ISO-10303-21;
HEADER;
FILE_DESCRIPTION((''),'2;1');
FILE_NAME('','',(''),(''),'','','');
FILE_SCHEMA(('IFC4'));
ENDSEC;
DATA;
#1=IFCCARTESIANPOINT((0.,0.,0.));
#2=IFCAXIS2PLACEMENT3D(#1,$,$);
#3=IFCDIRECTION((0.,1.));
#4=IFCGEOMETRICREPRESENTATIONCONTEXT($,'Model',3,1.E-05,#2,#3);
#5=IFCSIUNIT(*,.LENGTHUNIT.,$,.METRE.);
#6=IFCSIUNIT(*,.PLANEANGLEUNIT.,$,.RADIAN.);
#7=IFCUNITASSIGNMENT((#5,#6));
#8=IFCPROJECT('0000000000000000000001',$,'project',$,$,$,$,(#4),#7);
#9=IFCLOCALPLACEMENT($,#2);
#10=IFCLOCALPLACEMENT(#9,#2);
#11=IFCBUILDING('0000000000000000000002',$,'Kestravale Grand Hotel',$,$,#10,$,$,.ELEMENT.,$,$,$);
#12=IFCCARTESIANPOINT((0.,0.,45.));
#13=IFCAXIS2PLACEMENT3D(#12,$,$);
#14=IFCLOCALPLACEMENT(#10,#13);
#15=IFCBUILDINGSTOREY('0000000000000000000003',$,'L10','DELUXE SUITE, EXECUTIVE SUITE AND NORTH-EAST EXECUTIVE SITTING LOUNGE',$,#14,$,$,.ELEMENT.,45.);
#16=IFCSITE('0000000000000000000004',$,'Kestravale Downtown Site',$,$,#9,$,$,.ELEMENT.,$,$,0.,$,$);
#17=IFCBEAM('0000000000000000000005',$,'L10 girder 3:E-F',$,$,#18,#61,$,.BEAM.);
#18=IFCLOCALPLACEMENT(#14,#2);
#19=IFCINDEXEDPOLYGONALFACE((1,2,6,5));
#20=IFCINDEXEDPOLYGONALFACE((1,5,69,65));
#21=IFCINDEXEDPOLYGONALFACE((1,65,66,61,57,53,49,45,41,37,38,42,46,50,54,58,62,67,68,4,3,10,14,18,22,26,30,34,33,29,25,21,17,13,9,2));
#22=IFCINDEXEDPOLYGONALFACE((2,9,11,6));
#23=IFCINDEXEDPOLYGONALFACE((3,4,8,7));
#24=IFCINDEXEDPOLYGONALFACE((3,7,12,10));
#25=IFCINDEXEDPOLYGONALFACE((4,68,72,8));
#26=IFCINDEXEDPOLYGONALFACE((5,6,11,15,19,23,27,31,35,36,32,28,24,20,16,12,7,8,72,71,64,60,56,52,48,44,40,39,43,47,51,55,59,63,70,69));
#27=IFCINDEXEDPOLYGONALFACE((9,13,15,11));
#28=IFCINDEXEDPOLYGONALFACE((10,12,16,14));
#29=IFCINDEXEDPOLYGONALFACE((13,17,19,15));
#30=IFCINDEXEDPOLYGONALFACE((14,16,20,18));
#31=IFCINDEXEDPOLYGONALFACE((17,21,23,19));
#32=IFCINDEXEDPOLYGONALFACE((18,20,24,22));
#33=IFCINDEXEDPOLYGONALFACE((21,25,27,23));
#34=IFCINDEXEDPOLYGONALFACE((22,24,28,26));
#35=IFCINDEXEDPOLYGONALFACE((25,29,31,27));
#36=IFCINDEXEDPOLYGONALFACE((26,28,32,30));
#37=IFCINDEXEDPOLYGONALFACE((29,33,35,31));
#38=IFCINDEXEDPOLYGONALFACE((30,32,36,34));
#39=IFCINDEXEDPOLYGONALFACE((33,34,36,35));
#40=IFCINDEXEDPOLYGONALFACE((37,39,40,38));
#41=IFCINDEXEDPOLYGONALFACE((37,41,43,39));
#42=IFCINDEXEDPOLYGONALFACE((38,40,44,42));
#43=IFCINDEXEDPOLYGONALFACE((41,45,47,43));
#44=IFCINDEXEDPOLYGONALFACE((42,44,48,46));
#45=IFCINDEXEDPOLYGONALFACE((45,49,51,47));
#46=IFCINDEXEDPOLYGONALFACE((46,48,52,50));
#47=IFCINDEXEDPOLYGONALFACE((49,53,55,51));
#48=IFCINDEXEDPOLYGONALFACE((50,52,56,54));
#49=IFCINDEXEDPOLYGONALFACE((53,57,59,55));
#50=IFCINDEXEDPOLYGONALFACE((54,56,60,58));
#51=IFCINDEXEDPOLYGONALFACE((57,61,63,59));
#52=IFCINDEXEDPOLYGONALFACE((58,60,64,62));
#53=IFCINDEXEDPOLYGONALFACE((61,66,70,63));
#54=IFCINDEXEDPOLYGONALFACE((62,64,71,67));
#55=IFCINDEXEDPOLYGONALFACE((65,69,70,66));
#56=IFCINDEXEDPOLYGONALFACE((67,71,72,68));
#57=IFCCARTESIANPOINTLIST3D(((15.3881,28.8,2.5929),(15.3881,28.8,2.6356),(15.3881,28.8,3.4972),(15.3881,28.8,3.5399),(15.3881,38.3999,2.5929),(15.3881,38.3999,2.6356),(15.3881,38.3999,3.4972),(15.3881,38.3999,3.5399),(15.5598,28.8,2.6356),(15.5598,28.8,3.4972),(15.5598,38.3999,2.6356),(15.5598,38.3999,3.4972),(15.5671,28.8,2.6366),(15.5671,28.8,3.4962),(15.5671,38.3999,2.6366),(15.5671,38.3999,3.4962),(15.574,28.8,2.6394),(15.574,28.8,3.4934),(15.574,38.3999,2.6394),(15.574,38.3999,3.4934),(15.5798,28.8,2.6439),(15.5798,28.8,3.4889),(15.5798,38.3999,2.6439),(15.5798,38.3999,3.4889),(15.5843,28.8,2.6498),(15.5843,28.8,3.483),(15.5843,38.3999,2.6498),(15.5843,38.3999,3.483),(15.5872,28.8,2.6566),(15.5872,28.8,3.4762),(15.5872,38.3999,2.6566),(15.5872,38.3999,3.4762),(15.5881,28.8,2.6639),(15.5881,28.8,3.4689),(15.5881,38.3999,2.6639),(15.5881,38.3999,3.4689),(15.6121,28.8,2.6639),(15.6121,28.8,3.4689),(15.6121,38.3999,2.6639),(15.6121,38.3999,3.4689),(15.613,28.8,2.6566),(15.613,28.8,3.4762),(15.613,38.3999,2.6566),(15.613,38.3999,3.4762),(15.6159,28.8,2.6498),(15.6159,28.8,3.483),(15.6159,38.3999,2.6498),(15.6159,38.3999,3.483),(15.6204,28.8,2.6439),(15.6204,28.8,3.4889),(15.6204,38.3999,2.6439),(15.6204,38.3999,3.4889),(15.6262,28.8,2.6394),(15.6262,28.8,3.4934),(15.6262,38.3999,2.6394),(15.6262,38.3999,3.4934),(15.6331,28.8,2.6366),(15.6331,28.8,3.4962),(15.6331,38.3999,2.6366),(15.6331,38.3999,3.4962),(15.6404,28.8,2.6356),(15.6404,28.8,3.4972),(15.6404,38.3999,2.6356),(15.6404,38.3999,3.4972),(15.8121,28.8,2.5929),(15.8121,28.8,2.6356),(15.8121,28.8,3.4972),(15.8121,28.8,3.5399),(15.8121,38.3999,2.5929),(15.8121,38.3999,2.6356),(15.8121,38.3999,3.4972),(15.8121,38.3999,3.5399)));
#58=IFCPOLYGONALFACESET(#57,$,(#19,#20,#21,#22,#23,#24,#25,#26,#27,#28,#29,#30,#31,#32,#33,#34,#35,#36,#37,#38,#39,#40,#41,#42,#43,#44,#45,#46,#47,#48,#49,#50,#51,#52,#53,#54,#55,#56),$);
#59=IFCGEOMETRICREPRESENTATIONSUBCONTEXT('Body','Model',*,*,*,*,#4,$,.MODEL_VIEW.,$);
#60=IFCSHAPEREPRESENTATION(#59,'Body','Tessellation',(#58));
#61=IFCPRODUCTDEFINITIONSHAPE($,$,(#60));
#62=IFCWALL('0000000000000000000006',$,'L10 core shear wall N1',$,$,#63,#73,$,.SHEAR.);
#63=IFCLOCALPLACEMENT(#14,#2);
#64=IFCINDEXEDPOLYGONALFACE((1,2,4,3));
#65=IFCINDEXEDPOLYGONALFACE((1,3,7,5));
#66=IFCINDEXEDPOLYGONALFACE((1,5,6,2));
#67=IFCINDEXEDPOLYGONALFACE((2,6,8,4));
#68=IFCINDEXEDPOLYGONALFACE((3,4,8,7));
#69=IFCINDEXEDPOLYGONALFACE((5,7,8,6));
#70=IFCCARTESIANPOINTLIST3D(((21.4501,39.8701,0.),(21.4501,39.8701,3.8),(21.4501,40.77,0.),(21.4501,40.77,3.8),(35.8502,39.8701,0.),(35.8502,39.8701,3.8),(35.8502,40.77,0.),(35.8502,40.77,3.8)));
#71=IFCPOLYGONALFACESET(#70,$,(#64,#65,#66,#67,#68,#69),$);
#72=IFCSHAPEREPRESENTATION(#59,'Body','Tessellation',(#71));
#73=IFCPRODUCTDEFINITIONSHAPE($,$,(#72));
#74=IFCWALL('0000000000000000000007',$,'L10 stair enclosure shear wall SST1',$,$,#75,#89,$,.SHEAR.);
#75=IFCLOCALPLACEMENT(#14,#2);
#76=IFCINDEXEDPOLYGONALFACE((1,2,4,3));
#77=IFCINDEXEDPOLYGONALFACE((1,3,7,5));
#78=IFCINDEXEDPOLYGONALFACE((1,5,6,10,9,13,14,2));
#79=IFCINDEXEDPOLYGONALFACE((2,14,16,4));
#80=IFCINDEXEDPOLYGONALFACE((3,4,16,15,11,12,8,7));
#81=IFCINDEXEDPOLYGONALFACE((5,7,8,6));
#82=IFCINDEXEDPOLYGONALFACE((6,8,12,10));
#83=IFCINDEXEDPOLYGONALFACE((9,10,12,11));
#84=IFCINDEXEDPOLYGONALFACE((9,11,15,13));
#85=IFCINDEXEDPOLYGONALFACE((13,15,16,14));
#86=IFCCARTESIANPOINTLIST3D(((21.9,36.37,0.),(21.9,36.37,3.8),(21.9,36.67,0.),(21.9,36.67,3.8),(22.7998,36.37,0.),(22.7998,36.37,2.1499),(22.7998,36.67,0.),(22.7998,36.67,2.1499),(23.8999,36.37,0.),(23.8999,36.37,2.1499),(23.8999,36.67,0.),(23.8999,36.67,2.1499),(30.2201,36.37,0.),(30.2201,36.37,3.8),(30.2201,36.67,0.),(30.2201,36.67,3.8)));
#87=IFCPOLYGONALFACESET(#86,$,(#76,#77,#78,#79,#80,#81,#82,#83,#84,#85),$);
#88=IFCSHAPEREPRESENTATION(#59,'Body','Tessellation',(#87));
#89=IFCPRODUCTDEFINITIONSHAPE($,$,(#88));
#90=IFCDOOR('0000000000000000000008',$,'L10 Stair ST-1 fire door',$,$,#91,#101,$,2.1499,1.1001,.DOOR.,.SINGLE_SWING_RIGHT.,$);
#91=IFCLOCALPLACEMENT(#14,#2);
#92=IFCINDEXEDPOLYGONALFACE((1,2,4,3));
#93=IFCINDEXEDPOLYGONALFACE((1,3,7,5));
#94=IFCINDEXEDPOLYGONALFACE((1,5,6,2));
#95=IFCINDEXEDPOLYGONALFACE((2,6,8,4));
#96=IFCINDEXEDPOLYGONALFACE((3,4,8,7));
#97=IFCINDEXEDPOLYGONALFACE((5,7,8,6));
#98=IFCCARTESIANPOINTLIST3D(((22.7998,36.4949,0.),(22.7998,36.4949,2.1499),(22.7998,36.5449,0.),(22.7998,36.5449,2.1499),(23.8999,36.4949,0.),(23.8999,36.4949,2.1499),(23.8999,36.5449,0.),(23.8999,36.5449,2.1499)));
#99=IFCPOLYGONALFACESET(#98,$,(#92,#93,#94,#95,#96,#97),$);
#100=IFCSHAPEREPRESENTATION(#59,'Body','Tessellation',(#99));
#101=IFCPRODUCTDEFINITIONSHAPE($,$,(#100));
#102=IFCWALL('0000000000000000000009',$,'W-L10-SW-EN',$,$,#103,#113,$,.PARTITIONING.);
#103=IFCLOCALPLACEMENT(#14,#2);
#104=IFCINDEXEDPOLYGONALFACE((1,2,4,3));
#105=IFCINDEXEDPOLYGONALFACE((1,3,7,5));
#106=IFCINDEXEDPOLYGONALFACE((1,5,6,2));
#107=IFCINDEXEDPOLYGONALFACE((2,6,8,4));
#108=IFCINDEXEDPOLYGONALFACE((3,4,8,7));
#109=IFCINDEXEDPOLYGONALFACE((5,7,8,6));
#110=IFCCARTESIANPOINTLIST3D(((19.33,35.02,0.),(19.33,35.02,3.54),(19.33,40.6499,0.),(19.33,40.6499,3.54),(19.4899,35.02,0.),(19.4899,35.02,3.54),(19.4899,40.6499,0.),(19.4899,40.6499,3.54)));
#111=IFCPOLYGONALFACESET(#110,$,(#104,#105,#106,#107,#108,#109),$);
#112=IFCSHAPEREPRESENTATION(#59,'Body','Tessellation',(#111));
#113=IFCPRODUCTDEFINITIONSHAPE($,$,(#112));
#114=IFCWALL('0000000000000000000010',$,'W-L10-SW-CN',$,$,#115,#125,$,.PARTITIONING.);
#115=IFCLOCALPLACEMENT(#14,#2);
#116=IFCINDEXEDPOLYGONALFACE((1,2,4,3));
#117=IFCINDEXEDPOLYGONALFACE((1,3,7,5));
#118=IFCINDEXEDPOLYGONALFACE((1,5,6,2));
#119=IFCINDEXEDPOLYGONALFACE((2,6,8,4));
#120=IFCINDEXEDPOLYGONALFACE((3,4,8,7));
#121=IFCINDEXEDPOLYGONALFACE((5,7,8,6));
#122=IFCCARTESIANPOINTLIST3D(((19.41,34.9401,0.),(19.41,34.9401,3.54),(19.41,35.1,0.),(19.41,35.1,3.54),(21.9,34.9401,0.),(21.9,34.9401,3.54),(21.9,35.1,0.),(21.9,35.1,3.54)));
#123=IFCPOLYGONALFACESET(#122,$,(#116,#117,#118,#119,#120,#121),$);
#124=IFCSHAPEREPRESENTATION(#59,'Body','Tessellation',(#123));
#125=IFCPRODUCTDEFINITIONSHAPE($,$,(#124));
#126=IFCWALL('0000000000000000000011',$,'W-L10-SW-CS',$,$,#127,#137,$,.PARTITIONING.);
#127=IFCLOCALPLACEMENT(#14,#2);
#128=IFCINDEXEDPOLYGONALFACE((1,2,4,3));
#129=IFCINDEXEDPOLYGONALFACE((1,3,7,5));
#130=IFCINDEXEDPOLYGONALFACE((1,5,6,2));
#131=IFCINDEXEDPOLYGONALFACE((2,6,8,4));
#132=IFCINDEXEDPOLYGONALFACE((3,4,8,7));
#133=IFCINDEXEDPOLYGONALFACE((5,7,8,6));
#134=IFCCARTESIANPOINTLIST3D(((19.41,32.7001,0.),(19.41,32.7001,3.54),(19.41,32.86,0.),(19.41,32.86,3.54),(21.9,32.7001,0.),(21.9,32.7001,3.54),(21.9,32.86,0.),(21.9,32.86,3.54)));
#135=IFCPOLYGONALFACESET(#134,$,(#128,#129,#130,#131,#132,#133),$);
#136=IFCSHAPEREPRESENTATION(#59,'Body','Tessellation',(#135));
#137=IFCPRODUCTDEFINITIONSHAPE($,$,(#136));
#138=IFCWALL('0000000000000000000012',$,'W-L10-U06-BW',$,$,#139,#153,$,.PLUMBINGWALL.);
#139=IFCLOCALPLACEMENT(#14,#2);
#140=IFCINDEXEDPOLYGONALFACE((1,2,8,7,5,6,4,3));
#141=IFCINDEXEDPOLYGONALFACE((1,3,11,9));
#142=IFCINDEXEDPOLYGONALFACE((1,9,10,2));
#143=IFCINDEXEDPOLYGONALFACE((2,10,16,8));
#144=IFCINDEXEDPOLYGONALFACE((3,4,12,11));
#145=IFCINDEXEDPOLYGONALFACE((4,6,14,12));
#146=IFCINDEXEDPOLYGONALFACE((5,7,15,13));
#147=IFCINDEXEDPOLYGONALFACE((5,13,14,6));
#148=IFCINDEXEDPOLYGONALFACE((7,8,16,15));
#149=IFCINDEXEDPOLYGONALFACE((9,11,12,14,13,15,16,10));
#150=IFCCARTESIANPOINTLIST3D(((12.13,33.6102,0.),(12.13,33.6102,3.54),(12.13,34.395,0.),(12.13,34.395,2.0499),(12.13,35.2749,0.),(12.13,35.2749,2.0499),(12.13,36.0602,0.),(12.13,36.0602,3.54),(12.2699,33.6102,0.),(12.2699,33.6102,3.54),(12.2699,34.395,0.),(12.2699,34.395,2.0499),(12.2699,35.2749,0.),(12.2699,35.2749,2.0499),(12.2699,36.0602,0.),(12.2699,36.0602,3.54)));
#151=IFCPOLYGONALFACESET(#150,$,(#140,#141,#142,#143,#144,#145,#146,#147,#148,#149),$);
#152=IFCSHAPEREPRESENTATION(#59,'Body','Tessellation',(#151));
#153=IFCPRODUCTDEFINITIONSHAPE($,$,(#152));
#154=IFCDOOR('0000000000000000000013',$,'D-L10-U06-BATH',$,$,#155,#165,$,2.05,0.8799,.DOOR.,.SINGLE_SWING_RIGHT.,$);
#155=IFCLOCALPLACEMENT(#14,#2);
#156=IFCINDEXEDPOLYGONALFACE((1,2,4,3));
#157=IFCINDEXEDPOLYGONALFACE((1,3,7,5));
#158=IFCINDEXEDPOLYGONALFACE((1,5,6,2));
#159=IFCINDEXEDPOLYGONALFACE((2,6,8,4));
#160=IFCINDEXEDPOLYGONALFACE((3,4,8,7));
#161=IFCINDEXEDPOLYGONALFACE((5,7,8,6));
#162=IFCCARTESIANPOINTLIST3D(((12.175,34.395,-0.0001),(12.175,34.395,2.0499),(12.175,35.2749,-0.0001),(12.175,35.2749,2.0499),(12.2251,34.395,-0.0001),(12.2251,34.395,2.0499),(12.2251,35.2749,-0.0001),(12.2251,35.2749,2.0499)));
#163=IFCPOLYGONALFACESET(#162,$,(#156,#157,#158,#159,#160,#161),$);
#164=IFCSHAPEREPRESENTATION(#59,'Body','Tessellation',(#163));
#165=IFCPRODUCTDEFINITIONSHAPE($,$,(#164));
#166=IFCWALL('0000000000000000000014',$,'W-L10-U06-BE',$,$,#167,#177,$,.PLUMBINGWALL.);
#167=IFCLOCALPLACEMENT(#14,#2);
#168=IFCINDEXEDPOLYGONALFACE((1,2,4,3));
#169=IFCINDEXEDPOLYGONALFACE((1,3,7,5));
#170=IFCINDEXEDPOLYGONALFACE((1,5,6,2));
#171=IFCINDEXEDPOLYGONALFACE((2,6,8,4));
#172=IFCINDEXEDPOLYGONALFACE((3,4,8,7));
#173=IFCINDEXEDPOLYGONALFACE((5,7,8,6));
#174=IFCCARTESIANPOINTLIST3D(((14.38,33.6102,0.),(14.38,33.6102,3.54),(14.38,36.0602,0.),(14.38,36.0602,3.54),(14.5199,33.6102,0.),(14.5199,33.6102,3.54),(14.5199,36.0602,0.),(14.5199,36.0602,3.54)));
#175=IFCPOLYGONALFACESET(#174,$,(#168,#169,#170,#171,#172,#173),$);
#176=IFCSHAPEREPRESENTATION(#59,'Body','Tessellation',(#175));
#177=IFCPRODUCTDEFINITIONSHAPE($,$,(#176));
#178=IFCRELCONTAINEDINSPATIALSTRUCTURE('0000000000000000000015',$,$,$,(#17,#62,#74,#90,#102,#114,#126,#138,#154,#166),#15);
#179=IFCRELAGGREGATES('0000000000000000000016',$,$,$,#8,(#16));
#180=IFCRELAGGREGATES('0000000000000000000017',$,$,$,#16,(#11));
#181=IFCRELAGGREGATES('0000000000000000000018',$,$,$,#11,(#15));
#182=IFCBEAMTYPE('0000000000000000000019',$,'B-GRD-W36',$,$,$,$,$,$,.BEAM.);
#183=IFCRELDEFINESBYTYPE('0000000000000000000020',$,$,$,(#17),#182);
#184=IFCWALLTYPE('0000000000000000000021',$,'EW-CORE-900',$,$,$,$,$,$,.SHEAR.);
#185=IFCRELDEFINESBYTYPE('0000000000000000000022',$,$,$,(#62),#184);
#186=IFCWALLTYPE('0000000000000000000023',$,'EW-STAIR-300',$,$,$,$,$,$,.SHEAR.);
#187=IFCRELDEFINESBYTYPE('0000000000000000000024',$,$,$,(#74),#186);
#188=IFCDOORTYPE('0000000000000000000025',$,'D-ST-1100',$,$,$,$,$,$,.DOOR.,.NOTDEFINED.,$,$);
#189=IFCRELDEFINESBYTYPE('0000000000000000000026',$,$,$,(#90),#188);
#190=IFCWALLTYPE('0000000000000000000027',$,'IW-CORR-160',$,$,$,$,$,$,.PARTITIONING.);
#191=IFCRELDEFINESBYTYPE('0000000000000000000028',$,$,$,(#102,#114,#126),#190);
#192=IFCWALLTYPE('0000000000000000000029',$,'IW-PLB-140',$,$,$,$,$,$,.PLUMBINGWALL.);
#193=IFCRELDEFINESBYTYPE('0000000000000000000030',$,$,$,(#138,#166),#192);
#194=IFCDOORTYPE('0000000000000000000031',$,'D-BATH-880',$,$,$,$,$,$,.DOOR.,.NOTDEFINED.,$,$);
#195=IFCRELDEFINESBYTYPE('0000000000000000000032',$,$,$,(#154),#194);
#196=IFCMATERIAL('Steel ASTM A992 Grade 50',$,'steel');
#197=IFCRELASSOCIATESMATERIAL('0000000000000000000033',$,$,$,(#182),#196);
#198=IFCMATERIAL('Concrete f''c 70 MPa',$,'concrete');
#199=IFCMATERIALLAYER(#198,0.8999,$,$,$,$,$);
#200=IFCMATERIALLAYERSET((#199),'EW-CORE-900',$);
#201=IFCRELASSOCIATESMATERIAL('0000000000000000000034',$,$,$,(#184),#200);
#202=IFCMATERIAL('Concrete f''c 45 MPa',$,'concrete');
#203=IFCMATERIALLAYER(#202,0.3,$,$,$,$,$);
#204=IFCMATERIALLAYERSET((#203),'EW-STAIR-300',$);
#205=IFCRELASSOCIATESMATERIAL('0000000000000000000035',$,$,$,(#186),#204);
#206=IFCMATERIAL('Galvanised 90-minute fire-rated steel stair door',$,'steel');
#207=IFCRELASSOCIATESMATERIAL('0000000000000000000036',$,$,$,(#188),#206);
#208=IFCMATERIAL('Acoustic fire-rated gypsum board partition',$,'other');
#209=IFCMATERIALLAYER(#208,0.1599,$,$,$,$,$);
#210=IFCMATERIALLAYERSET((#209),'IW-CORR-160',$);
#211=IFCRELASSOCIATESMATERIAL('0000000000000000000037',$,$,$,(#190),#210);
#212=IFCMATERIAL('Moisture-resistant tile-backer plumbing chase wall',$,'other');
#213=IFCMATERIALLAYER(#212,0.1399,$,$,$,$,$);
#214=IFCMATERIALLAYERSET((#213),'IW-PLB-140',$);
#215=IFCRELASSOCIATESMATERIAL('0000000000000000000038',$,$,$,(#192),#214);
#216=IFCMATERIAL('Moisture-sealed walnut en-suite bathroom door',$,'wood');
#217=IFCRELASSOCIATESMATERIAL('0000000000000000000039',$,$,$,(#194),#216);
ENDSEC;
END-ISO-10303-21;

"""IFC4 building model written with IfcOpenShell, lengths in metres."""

from ifc_helpers import new_model, si_unit, direction, frame, frame_2d, origin, origin_2d, place, context, subcontext, project, spatial, rectangle, i_section, extrude, material, layer, layer_set, material_profile, profile_set, type_object, element, fill, save


model = new_model("IFC4")

# Units and contexts
model_context = context("Model", 3, precision=1e-05, world=origin(), true_north=direction((0.0, 1.0)))
body_context = subcontext(model_context, "Body", "Model", "MODEL_VIEW")
ifc_project = project(units=[si_unit("LENGTHUNIT", "METRE"), si_unit("PLANEANGLEUNIT", "RADIAN")], contexts=[model_context])

# Site, building, storey
site_placement = place(None, origin())
site = spatial("IfcSite", under=ifc_project, at=site_placement, Name="Kestravale Downtown Site", CompositionType="ELEMENT", RefElevation=0.0)
building_placement = place(site_placement, origin())
building = spatial("IfcBuilding", under=site, at=building_placement, Name="Kestravale Grand Hotel", CompositionType="ELEMENT")
storey_placement = place(building_placement, frame((0.0, 0.0, 45.0)))
storey = spatial("IfcBuildingStorey", under=building, at=storey_placement, Name="L10", Description="DELUXE SUITE, EXECUTIVE SUITE AND NORTH-EAST EXECUTIVE SITTING LOUNGE", CompositionType="ELEMENT", Elevation=45.0)

# Beam
ifc_material_1 = material(Name="Steel ASTM A992 Grade 50", Category="steel")
ifc_material_profile_1 = material_profile(ifc_material_1, i_section(OverallWidth=0.4241, OverallDepth=0.947, WebThickness=0.0239, FlangeThickness=0.0427, FilletRadius=0.0283, at=origin_2d()))
ifc_profile_set_1 = profile_set([ifc_material_profile_1], Name="Steel ASTM A992 Grade 50")
beam_type_1 = type_object("IfcBeamType", Name="B-GRD-W36", PredefinedType="BEAM", material=ifc_profile_set_1)
beam_1_placement = place(storey_placement, frame((15.6001, 28.8, 3.0664), z_axis=(0.0, 1.0, 0.0), x_axis=(-1.0, 0.0, 0.0)))
element("IfcBeam", 1, at=beam_1_placement, inside=storey, type_object=beam_type_1, Name="L10 girder 3:E-F", PredefinedType="BEAM", context=body_context, shape_type="SweptSolid", body=[
    extrude(i_section(OverallWidth=0.4241, OverallDepth=0.947, WebThickness=0.0239, FlangeThickness=0.0427, FilletRadius=0.0283, at=origin_2d()), origin(), (0.0, 0.0, 1.0), 9.5999),
])

# Wall
ifc_material_2 = material(Name="Concrete f'c 70 MPa", Category="concrete")
ifc_layer_1 = layer(ifc_material_2, 0.8999)
ifc_layer_set_1 = layer_set([ifc_layer_1], Name="EW-CORE-900")
wall_type_1 = type_object("IfcWallType", Name="EW-CORE-900", PredefinedType="SHEAR", material=ifc_layer_set_1)
wall_1_placement = place(storey_placement, frame((21.45, 40.3201, 0.0), z_axis=(0.0, 0.0, 1.0), x_axis=(1.0, 0.0, 0.0)))
element("IfcWall", 2, at=wall_1_placement, inside=storey, type_object=wall_type_1, Name="L10 core shear wall N1", PredefinedType="SHEAR", context=body_context, shape_type="SweptSolid", body=[
    extrude(rectangle(XDim=14.4001, YDim=0.8999, at=frame_2d((7.2002, 0.0))), origin(), (0.0, 0.0, 1.0), 3.8),
])

# Wall, opening, door
ifc_material_3 = material(Name="Concrete f'c 45 MPa", Category="concrete")
ifc_layer_2 = layer(ifc_material_3, 0.3)
ifc_layer_set_2 = layer_set([ifc_layer_2], Name="EW-STAIR-300")
wall_type_2 = type_object("IfcWallType", Name="EW-STAIR-300", PredefinedType="SHEAR", material=ifc_layer_set_2)
wall_2_placement = place(storey_placement, frame((21.8999, 36.52, 0.0), z_axis=(0.0, 0.0, 1.0), x_axis=(1.0, 0.0, 0.0)))
wall_2 = element("IfcWall", 3, at=wall_2_placement, inside=storey, type_object=wall_type_2, Name="L10 stair enclosure shear wall SST1", PredefinedType="SHEAR", context=body_context, shape_type="SweptSolid", body=[
    extrude(rectangle(XDim=8.3201, YDim=0.3, at=frame_2d((4.1602, 0.0))), origin(), (0.0, 0.0, 1.0), 3.8),
])
opening_1_placement = place(wall_2_placement, frame((0.8999, 0.0, 0.0)))
opening_1 = element("IfcOpeningElement", 4, at=opening_1_placement, cuts=wall_2, PredefinedType="OPENING", context=body_context, shape_type="SweptSolid", body=[
    extrude(rectangle(XDim=1.1001, YDim=2.1499, at=frame_2d((0.55, 1.075))), frame((0.0, 0.1599, 0.0), z_axis=(0.0, -1.0, 0.0), x_axis=(1.0, 0.0, 0.0)), (0.0, 0.0, 1.0), 0.3201),
])
ifc_material_4 = material(Name="Galvanised 90-minute fire-rated steel stair door", Category="steel")
door_type_1 = type_object("IfcDoorType", Name="D-ST-1100", OperationType="NOTDEFINED", PredefinedType="DOOR", material=ifc_material_4)
door_1_placement = place(opening_1_placement, origin())
door_1 = element("IfcDoor", 5, at=door_1_placement, inside=storey, type_object=door_type_1, Name="L10 Stair ST-1 fire door", OperationType="SINGLE_SWING_RIGHT", OverallHeight=2.1499, OverallWidth=1.1001, PredefinedType="DOOR", context=body_context, shape_type="SweptSolid", body=[
    extrude(rectangle(XDim=1.1001, YDim=2.1499, at=frame_2d((0.55, 1.075))), frame((0.0, 0.0249, 0.0), z_axis=(0.0, -1.0, 0.0), x_axis=(1.0, 0.0, 0.0)), (0.0, 0.0, 1.0), 0.05),
])
fill(opening_1, door_1)

# Walls
ifc_material_5 = material(Name="Acoustic fire-rated gypsum board partition", Category="other")
ifc_layer_3 = layer(ifc_material_5, 0.1599)
ifc_layer_set_3 = layer_set([ifc_layer_3], Name="IW-CORR-160")
wall_type_3 = type_object("IfcWallType", Name="IW-CORR-160", PredefinedType="PARTITIONING", material=ifc_layer_set_3)
wall_3_placement = place(storey_placement, frame((19.4099, 35.02, 0.0), z_axis=(0.0, 0.0, 1.0), x_axis=(0.0, 1.0, 0.0)))
element("IfcWall", 6, at=wall_3_placement, inside=storey, type_object=wall_type_3, Name="W-L10-SW-EN", PredefinedType="PARTITIONING", context=body_context, shape_type="SweptSolid", body=[
    extrude(rectangle(XDim=5.6299, YDim=0.1599, at=frame_2d((2.8149, 0.0))), origin(), (0.0, 0.0, 1.0), 3.54),
])
for number, where, z_axis, x_axis, name in (
    (7, (19.4099, 35.02, 0.0), (0.0, 0.0, 1.0), (1.0, 0.0, 0.0), "W-L10-SW-CN"),
    (8, (19.4099, 32.78, 0.0), (0.0, 0.0, 1.0), (1.0, 0.0, 0.0), "W-L10-SW-CS"),
):
    element("IfcWall", number, at=place(storey_placement, frame(where, z_axis=z_axis, x_axis=x_axis)), inside=storey, type_object=wall_type_3, Name=name, PredefinedType="PARTITIONING", context=body_context, shape_type="SweptSolid", body=[
        extrude(rectangle(XDim=2.49, YDim=0.1599, at=frame_2d((1.2451, 0.0))), origin(), (0.0, 0.0, 1.0), 3.54),
    ])

# Wall, opening, door
ifc_material_6 = material(Name="Moisture-resistant tile-backer plumbing chase wall", Category="other")
ifc_layer_4 = layer(ifc_material_6, 0.1399)
ifc_layer_set_4 = layer_set([ifc_layer_4], Name="IW-PLB-140")
wall_type_4 = type_object("IfcWallType", Name="IW-PLB-140", PredefinedType="PLUMBINGWALL", material=ifc_layer_set_4)
wall_4_placement = place(storey_placement, frame((12.2, 33.6101, 0.0), z_axis=(0.0, 0.0, 1.0), x_axis=(0.0, 1.0, 0.0)))
wall_4 = element("IfcWall", 9, at=wall_4_placement, inside=storey, type_object=wall_type_4, Name="W-L10-U06-BW", PredefinedType="PLUMBINGWALL", context=body_context, shape_type="SweptSolid", body=[
    extrude(rectangle(XDim=2.45, YDim=0.1399, at=frame_2d((1.2251, 0.0))), origin(), (0.0, 0.0, 1.0), 3.54),
])
opening_2_placement = place(wall_4_placement, frame((0.7849, 0.0, 0.0)))
opening_2 = element("IfcOpeningElement", 10, at=opening_2_placement, cuts=wall_4, PredefinedType="OPENING", context=body_context, shape_type="SweptSolid", body=[
    extrude(rectangle(XDim=0.8799, YDim=2.05, at=frame_2d((0.4399, 1.0249))), frame((0.0, 0.0798, 0.0), z_axis=(0.0, -1.0, 0.0), x_axis=(1.0, 0.0, 0.0)), (0.0, 0.0, 1.0), 0.1599),
])
ifc_material_7 = material(Name="Moisture-sealed walnut en-suite bathroom door", Category="wood")
door_type_2 = type_object("IfcDoorType", Name="D-BATH-880", OperationType="NOTDEFINED", PredefinedType="DOOR", material=ifc_material_7)
door_2_placement = place(opening_2_placement, origin())
door_2 = element("IfcDoor", 11, at=door_2_placement, inside=storey, type_object=door_type_2, Name="D-L10-U06-BATH", OperationType="SINGLE_SWING_RIGHT", OverallHeight=2.05, OverallWidth=0.8799, PredefinedType="DOOR", context=body_context, shape_type="SweptSolid", body=[
    extrude(rectangle(XDim=0.8799, YDim=2.05, at=frame_2d((0.4399, 1.0249))), frame((0.0, 0.0249, 0.0), z_axis=(0.0, -1.0, 0.0), x_axis=(1.0, 0.0, 0.0)), (0.0, 0.0, 1.0), 0.05),
])
fill(opening_2, door_2)

# Wall
wall_5_placement = place(storey_placement, frame((14.45, 33.6101, 0.0), z_axis=(0.0, 0.0, 1.0), x_axis=(0.0, 1.0, 0.0)))
element("IfcWall", 12, at=wall_5_placement, inside=storey, type_object=wall_type_4, Name="W-L10-U06-BE", PredefinedType="PLUMBINGWALL", context=body_context, shape_type="SweptSolid", body=[
    extrude(rectangle(XDim=2.45, YDim=0.1399, at=frame_2d((1.2251, 0.0))), origin(), (0.0, 0.0, 1.0), 3.54),
])

save(model, "model.ifc")
